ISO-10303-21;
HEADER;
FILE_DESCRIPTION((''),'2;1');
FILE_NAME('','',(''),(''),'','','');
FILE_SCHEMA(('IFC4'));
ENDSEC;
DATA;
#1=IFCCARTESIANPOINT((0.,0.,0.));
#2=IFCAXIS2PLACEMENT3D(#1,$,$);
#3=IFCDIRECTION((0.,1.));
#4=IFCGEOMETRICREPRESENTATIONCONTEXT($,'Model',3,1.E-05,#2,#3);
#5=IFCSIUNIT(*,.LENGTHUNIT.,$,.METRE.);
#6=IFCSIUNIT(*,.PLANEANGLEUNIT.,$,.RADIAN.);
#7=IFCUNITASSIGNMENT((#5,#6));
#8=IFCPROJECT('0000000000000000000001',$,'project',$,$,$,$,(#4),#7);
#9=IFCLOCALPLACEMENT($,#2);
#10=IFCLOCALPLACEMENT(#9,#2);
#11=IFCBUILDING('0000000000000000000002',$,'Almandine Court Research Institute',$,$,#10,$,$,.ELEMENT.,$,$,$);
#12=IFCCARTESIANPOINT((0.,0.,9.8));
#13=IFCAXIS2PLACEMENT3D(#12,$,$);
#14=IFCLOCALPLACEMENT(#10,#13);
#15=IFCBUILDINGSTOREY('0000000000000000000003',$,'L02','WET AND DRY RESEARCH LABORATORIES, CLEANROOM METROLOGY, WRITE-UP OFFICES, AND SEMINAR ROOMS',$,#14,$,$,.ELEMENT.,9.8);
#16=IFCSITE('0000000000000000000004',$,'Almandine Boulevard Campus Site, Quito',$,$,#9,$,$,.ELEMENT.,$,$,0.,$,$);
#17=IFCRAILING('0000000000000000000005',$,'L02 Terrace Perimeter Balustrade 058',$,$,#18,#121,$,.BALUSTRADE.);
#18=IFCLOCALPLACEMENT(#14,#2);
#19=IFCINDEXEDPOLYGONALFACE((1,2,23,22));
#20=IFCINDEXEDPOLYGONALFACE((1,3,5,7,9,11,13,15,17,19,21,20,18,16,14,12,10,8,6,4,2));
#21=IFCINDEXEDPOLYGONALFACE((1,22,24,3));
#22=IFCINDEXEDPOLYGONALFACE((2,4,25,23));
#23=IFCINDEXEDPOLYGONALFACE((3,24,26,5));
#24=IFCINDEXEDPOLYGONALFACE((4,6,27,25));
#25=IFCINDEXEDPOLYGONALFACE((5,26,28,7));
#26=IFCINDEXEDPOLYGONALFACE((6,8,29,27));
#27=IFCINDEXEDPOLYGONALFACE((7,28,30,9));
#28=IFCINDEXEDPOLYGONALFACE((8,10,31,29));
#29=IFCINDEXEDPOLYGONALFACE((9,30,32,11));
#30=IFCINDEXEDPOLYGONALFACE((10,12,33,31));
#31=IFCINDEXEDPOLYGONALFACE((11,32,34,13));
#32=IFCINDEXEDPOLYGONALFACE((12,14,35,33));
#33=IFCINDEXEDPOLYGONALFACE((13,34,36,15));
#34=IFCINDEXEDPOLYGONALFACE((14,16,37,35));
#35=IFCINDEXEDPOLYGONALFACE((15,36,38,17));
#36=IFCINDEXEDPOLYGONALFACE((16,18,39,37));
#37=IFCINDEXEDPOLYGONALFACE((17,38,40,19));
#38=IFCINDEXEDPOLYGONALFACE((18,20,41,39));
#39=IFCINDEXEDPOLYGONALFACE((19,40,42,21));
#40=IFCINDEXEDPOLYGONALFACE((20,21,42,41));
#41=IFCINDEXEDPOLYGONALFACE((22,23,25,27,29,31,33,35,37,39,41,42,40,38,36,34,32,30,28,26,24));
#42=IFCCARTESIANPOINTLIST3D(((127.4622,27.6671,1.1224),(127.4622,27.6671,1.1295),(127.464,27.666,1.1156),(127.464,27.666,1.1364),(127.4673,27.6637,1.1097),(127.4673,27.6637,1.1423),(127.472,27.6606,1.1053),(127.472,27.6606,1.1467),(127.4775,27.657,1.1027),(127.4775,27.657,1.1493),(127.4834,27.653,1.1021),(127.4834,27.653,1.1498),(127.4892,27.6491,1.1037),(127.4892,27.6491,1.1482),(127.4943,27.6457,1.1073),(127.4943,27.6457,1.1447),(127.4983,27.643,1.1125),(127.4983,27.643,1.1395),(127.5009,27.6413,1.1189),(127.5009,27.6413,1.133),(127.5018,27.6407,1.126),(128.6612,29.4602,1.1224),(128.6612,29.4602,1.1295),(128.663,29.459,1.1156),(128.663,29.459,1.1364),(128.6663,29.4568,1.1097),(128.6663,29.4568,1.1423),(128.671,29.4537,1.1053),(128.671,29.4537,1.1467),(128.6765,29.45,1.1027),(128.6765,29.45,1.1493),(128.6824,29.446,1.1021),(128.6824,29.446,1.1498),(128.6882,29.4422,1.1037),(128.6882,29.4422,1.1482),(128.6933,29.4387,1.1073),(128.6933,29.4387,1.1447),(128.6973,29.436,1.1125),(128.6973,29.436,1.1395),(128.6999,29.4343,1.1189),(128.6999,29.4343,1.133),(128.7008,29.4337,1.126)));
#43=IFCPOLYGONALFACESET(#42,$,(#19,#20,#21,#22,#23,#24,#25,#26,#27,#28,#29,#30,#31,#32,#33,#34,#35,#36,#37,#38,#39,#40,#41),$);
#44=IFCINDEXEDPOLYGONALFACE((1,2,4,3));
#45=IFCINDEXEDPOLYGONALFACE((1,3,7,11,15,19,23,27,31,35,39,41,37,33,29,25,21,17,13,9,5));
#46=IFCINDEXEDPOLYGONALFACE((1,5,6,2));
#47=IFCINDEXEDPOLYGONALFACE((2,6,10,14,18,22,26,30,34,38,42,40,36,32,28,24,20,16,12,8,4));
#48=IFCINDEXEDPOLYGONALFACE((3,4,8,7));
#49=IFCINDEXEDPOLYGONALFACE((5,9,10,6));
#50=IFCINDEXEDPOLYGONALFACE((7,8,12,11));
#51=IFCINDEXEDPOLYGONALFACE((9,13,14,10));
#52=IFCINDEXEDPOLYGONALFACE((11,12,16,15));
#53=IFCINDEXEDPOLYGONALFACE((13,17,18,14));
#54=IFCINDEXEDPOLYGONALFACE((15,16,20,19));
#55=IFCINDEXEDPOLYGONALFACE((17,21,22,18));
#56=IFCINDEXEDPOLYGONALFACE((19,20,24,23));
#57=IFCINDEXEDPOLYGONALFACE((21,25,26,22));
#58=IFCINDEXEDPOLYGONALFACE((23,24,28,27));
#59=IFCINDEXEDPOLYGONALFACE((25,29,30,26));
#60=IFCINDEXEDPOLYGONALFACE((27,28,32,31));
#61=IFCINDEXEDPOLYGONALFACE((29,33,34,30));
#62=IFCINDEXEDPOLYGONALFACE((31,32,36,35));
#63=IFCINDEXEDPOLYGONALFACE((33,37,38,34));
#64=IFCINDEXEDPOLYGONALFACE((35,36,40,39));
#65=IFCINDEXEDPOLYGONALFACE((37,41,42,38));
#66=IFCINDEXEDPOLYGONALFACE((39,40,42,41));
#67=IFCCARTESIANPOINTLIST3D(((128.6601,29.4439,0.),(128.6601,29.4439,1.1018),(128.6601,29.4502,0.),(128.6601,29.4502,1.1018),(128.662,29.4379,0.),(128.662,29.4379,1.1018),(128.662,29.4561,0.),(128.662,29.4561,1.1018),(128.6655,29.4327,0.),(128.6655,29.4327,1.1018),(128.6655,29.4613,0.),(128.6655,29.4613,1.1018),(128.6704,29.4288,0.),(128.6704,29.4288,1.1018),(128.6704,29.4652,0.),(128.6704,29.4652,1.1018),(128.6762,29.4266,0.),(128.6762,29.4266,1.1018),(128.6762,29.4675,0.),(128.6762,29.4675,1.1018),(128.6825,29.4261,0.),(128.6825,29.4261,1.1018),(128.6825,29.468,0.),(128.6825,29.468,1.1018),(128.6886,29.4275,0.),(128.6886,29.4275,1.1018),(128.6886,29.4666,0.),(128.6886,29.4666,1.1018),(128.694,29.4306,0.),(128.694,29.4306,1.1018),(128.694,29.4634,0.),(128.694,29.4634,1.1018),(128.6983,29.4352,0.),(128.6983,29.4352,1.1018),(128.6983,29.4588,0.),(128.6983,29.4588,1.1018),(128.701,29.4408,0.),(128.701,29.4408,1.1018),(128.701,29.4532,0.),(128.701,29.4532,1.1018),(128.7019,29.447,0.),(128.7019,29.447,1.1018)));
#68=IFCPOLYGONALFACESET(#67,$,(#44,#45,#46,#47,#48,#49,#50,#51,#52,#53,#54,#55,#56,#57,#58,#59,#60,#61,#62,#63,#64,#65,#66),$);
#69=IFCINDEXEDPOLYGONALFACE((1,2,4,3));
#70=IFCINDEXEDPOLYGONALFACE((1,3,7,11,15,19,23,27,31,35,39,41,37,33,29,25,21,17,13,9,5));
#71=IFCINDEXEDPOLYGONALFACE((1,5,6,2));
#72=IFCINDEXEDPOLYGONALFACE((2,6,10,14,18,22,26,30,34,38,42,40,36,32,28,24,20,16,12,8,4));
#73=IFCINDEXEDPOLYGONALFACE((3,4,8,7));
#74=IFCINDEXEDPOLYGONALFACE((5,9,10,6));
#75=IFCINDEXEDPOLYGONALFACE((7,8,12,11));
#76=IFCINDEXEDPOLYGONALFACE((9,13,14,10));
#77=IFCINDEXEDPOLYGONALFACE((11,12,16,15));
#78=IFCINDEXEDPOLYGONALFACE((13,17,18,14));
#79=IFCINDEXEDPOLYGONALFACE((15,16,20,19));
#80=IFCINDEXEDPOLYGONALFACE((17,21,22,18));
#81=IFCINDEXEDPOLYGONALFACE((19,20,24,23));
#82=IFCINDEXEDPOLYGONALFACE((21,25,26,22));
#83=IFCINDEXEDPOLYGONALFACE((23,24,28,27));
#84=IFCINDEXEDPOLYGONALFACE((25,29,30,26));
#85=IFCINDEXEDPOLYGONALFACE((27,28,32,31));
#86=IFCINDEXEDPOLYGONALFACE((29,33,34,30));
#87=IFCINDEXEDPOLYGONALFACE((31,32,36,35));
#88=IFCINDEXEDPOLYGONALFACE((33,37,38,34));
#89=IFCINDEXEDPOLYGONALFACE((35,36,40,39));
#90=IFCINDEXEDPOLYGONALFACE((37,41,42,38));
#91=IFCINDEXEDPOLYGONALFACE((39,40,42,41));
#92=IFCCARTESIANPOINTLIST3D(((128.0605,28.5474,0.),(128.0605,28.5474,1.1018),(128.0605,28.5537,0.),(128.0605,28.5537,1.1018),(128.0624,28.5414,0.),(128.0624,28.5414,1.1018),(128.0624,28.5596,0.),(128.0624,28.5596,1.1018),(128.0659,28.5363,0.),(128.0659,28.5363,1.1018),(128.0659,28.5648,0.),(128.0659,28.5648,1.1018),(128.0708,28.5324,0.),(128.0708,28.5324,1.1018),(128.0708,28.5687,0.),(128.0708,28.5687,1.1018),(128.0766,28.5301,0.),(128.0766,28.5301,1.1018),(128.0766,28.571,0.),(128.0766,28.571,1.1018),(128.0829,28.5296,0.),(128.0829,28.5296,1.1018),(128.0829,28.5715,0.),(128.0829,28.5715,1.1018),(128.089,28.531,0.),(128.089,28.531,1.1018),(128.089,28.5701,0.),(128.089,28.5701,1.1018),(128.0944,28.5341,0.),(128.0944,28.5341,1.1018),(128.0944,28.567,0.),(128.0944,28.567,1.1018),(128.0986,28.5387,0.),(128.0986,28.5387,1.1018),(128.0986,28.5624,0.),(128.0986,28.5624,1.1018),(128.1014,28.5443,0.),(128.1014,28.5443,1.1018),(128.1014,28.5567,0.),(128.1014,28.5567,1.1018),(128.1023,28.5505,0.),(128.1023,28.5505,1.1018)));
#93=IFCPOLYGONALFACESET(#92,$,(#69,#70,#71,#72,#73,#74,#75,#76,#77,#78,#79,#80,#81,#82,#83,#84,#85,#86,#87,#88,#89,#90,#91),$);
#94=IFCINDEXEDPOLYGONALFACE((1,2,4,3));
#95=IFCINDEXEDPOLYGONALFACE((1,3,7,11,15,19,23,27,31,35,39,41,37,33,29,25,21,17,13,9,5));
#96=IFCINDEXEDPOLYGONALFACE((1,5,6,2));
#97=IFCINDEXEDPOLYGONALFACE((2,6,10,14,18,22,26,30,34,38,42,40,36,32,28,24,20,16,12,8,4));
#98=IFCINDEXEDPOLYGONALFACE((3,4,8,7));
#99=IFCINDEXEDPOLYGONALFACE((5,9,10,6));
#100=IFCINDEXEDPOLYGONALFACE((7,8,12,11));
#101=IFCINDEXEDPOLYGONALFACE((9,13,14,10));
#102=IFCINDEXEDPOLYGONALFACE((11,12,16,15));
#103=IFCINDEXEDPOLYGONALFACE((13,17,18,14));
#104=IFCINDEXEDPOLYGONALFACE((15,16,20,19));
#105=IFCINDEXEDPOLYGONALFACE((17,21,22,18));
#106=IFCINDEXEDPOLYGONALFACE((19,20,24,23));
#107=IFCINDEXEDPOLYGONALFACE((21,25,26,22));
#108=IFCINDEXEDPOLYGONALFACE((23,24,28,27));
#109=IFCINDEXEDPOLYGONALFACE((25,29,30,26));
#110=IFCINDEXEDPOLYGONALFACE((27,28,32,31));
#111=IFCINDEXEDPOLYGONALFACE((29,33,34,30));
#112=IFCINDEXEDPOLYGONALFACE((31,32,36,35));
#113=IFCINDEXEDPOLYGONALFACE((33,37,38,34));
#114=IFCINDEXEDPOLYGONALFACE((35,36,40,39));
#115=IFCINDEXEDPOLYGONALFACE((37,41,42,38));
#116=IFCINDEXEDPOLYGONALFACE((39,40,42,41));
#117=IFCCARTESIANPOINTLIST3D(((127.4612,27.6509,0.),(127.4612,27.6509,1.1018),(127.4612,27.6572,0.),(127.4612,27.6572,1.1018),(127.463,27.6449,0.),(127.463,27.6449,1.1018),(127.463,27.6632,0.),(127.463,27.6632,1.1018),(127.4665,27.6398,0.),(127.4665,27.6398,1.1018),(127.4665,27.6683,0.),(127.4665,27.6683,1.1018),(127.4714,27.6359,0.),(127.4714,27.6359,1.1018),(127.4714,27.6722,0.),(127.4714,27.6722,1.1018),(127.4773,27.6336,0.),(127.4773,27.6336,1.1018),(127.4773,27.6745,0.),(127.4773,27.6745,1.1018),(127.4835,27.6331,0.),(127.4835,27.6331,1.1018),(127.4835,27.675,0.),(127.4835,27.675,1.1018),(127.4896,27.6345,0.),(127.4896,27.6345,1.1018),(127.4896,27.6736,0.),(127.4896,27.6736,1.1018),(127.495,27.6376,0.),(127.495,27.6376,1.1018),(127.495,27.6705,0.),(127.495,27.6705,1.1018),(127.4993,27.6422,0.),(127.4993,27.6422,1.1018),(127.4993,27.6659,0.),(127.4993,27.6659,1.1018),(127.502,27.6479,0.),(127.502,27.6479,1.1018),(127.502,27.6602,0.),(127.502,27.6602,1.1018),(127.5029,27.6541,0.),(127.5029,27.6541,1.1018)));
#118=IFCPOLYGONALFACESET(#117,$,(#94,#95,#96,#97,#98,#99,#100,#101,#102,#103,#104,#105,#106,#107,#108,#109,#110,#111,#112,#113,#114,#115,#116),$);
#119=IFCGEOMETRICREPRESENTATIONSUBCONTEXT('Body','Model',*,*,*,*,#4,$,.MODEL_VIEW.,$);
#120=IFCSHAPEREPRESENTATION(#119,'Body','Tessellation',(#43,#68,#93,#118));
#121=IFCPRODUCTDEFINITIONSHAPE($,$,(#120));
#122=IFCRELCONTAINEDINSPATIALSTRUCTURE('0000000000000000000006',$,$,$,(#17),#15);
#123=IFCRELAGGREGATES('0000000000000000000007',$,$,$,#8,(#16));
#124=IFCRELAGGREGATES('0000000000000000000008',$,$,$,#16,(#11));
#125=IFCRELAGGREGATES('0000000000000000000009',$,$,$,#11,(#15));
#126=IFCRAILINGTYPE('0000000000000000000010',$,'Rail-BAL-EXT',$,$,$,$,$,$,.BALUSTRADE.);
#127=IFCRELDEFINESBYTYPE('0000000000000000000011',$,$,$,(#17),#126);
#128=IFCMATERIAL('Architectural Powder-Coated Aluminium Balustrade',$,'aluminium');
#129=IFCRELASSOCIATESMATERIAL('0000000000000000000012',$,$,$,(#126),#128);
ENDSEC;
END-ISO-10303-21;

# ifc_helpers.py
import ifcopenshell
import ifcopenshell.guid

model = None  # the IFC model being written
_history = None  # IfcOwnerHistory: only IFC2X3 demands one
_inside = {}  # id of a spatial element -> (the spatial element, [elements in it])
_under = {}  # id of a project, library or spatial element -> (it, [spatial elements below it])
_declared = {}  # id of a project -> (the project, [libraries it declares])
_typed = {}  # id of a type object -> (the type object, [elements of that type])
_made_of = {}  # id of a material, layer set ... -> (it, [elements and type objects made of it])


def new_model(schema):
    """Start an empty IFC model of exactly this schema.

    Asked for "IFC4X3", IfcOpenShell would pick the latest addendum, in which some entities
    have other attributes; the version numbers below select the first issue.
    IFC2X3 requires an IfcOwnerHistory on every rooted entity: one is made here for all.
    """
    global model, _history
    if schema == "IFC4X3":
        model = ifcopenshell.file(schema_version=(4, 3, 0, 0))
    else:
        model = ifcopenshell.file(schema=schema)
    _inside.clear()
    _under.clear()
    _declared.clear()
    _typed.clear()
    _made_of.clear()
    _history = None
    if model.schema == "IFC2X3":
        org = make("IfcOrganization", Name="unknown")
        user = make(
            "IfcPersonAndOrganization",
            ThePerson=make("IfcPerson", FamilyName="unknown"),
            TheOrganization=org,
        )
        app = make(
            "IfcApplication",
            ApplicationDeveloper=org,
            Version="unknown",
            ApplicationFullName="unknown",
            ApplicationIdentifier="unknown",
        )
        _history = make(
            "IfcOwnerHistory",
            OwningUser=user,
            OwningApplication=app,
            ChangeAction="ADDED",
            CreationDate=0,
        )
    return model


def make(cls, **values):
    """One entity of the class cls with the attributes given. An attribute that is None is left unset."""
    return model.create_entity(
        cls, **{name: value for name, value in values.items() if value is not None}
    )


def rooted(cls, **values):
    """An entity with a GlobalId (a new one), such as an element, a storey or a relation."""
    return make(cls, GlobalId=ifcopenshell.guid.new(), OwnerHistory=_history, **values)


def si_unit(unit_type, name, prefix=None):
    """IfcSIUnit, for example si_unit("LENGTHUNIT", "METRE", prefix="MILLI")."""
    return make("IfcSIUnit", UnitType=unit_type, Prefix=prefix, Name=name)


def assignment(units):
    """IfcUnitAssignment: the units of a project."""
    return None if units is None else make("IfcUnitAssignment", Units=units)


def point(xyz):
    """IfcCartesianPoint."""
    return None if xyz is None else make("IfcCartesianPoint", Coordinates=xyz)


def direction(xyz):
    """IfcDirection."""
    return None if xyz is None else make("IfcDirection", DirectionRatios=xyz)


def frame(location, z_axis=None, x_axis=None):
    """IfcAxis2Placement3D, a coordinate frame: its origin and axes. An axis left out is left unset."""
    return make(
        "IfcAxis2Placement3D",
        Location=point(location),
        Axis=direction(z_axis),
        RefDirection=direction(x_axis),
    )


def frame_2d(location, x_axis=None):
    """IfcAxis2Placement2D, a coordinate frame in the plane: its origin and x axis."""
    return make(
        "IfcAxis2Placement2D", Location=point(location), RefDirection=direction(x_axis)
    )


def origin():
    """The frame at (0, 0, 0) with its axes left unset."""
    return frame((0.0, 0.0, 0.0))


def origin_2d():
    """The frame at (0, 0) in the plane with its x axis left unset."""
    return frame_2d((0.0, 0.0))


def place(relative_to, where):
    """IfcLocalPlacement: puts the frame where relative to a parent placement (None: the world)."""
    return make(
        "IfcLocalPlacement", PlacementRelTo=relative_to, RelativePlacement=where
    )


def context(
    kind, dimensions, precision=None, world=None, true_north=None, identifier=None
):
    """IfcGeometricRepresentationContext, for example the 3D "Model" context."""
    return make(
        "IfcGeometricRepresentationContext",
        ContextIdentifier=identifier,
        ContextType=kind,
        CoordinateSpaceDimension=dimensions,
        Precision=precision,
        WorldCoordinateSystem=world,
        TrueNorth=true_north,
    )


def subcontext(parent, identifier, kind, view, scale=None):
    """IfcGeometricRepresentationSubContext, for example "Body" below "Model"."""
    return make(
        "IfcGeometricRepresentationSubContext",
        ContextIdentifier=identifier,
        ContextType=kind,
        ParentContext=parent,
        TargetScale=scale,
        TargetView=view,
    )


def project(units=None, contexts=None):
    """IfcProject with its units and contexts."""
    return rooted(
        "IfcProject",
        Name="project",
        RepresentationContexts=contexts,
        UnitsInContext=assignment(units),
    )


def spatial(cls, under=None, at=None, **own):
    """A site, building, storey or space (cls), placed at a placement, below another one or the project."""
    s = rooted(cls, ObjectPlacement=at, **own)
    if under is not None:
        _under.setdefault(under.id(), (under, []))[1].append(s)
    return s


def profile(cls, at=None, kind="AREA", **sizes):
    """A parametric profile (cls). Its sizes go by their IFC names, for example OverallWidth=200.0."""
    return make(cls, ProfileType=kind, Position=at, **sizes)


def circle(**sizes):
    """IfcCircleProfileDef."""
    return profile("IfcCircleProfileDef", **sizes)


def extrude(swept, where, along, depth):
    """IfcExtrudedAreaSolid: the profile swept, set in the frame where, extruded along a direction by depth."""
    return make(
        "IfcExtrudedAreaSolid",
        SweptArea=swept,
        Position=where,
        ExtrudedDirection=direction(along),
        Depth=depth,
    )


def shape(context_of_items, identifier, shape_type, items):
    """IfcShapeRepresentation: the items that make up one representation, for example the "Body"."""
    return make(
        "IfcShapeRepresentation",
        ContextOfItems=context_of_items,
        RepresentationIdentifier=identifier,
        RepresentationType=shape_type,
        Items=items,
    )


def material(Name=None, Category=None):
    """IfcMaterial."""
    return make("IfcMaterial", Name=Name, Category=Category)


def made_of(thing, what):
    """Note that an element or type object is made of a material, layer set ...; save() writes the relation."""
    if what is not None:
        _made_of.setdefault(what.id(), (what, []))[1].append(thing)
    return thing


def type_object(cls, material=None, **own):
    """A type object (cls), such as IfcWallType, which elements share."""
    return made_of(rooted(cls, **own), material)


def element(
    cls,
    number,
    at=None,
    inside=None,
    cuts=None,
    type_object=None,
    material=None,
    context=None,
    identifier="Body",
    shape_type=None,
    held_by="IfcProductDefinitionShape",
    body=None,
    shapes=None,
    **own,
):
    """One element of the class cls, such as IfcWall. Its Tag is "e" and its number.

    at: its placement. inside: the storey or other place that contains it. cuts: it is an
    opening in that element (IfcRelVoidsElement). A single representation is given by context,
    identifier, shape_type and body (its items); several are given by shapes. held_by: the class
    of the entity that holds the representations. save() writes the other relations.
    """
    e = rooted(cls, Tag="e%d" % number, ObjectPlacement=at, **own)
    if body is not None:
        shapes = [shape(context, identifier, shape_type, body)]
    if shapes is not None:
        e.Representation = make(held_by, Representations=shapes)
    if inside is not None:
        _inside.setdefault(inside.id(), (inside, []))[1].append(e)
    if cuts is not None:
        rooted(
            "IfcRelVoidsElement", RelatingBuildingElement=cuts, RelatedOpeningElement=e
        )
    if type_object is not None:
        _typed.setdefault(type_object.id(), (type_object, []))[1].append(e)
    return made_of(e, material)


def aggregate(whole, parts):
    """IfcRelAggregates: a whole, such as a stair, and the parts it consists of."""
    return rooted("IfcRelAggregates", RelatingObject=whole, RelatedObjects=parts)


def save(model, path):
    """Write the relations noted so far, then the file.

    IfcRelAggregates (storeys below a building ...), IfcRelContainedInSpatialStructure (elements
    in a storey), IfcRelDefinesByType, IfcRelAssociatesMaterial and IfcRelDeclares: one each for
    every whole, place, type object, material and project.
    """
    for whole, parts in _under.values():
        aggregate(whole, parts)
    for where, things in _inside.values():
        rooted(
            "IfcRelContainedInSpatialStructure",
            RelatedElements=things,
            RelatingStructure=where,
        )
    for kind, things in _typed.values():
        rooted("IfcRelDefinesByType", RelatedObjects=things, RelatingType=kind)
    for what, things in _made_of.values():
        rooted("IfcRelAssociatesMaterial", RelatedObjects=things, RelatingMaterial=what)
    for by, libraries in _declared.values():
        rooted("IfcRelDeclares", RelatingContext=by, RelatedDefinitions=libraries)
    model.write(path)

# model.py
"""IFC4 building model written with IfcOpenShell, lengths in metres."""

from ifc_helpers import new_model, si_unit, direction, frame, origin, origin_2d, place, context, subcontext, project, spatial, circle, extrude, material, type_object, element, save


model = new_model("IFC4")

# Units and contexts
model_context = context("Model", 3, precision=1e-05, world=origin(), true_north=direction((0.0, 1.0)))
body_context = subcontext(model_context, "Body", "Model", "MODEL_VIEW")
ifc_project = project(units=[si_unit("LENGTHUNIT", "METRE"), si_unit("PLANEANGLEUNIT", "RADIAN")], contexts=[model_context])

# Site, building, storey
site_placement = place(None, origin())
site = spatial("IfcSite", under=ifc_project, at=site_placement, Name="Almandine Boulevard Campus Site, Quito", CompositionType="ELEMENT", RefElevation=0.0)
building_placement = place(site_placement, origin())
building = spatial("IfcBuilding", under=site, at=building_placement, Name="Almandine Court Research Institute", CompositionType="ELEMENT")
storey_placement = place(building_placement, frame((0.0, 0.0, 9.8)))
storey = spatial("IfcBuildingStorey", under=building, at=storey_placement, Name="L02", Description="WET AND DRY RESEARCH LABORATORIES, CLEANROOM METROLOGY, WRITE-UP OFFICES, AND SEMINAR ROOMS", CompositionType="ELEMENT", Elevation=9.8)

# Railing
ifc_material_1 = material(Name="Architectural Powder-Coated Aluminium Balustrade", Category="aluminium")
railing_type = type_object("IfcRailingType", Name="Rail-BAL-EXT", PredefinedType="BALUSTRADE", material=ifc_material_1)
railing_1_placement = place(storey_placement, frame((128.6809, 29.447, 0.0)))
element("IfcRailing", 1, at=railing_1_placement, inside=storey, type_object=railing_type, Name="L02 Terrace Perimeter Balustrade 058", PredefinedType="BALUSTRADE", context=body_context, shape_type="SweptSolid", body=[
    extrude(circle(Radius=0.0239, at=origin_2d()), frame((0.0, 0.0, 1.126), z_axis=(-0.555875, -0.831266, 0.0), x_axis=(0.831266, -0.555875, 0.0)), (0.0, 0.0, 1.0), 2.157),
    extrude(circle(Radius=0.021, at=origin_2d()), origin(), (0.0, 0.0, 1.0), 1.1018),
    extrude(circle(Radius=0.021, at=origin_2d()), frame((-0.5996, -0.8965, 0.0)), (0.0, 0.0, 1.0), 1.1018),
    extrude(circle(Radius=0.021, at=origin_2d()), frame((-1.199, -1.793, 0.0)), (0.0, 0.0, 1.0), 1.1018),
])

save(model, "model.ifc")
